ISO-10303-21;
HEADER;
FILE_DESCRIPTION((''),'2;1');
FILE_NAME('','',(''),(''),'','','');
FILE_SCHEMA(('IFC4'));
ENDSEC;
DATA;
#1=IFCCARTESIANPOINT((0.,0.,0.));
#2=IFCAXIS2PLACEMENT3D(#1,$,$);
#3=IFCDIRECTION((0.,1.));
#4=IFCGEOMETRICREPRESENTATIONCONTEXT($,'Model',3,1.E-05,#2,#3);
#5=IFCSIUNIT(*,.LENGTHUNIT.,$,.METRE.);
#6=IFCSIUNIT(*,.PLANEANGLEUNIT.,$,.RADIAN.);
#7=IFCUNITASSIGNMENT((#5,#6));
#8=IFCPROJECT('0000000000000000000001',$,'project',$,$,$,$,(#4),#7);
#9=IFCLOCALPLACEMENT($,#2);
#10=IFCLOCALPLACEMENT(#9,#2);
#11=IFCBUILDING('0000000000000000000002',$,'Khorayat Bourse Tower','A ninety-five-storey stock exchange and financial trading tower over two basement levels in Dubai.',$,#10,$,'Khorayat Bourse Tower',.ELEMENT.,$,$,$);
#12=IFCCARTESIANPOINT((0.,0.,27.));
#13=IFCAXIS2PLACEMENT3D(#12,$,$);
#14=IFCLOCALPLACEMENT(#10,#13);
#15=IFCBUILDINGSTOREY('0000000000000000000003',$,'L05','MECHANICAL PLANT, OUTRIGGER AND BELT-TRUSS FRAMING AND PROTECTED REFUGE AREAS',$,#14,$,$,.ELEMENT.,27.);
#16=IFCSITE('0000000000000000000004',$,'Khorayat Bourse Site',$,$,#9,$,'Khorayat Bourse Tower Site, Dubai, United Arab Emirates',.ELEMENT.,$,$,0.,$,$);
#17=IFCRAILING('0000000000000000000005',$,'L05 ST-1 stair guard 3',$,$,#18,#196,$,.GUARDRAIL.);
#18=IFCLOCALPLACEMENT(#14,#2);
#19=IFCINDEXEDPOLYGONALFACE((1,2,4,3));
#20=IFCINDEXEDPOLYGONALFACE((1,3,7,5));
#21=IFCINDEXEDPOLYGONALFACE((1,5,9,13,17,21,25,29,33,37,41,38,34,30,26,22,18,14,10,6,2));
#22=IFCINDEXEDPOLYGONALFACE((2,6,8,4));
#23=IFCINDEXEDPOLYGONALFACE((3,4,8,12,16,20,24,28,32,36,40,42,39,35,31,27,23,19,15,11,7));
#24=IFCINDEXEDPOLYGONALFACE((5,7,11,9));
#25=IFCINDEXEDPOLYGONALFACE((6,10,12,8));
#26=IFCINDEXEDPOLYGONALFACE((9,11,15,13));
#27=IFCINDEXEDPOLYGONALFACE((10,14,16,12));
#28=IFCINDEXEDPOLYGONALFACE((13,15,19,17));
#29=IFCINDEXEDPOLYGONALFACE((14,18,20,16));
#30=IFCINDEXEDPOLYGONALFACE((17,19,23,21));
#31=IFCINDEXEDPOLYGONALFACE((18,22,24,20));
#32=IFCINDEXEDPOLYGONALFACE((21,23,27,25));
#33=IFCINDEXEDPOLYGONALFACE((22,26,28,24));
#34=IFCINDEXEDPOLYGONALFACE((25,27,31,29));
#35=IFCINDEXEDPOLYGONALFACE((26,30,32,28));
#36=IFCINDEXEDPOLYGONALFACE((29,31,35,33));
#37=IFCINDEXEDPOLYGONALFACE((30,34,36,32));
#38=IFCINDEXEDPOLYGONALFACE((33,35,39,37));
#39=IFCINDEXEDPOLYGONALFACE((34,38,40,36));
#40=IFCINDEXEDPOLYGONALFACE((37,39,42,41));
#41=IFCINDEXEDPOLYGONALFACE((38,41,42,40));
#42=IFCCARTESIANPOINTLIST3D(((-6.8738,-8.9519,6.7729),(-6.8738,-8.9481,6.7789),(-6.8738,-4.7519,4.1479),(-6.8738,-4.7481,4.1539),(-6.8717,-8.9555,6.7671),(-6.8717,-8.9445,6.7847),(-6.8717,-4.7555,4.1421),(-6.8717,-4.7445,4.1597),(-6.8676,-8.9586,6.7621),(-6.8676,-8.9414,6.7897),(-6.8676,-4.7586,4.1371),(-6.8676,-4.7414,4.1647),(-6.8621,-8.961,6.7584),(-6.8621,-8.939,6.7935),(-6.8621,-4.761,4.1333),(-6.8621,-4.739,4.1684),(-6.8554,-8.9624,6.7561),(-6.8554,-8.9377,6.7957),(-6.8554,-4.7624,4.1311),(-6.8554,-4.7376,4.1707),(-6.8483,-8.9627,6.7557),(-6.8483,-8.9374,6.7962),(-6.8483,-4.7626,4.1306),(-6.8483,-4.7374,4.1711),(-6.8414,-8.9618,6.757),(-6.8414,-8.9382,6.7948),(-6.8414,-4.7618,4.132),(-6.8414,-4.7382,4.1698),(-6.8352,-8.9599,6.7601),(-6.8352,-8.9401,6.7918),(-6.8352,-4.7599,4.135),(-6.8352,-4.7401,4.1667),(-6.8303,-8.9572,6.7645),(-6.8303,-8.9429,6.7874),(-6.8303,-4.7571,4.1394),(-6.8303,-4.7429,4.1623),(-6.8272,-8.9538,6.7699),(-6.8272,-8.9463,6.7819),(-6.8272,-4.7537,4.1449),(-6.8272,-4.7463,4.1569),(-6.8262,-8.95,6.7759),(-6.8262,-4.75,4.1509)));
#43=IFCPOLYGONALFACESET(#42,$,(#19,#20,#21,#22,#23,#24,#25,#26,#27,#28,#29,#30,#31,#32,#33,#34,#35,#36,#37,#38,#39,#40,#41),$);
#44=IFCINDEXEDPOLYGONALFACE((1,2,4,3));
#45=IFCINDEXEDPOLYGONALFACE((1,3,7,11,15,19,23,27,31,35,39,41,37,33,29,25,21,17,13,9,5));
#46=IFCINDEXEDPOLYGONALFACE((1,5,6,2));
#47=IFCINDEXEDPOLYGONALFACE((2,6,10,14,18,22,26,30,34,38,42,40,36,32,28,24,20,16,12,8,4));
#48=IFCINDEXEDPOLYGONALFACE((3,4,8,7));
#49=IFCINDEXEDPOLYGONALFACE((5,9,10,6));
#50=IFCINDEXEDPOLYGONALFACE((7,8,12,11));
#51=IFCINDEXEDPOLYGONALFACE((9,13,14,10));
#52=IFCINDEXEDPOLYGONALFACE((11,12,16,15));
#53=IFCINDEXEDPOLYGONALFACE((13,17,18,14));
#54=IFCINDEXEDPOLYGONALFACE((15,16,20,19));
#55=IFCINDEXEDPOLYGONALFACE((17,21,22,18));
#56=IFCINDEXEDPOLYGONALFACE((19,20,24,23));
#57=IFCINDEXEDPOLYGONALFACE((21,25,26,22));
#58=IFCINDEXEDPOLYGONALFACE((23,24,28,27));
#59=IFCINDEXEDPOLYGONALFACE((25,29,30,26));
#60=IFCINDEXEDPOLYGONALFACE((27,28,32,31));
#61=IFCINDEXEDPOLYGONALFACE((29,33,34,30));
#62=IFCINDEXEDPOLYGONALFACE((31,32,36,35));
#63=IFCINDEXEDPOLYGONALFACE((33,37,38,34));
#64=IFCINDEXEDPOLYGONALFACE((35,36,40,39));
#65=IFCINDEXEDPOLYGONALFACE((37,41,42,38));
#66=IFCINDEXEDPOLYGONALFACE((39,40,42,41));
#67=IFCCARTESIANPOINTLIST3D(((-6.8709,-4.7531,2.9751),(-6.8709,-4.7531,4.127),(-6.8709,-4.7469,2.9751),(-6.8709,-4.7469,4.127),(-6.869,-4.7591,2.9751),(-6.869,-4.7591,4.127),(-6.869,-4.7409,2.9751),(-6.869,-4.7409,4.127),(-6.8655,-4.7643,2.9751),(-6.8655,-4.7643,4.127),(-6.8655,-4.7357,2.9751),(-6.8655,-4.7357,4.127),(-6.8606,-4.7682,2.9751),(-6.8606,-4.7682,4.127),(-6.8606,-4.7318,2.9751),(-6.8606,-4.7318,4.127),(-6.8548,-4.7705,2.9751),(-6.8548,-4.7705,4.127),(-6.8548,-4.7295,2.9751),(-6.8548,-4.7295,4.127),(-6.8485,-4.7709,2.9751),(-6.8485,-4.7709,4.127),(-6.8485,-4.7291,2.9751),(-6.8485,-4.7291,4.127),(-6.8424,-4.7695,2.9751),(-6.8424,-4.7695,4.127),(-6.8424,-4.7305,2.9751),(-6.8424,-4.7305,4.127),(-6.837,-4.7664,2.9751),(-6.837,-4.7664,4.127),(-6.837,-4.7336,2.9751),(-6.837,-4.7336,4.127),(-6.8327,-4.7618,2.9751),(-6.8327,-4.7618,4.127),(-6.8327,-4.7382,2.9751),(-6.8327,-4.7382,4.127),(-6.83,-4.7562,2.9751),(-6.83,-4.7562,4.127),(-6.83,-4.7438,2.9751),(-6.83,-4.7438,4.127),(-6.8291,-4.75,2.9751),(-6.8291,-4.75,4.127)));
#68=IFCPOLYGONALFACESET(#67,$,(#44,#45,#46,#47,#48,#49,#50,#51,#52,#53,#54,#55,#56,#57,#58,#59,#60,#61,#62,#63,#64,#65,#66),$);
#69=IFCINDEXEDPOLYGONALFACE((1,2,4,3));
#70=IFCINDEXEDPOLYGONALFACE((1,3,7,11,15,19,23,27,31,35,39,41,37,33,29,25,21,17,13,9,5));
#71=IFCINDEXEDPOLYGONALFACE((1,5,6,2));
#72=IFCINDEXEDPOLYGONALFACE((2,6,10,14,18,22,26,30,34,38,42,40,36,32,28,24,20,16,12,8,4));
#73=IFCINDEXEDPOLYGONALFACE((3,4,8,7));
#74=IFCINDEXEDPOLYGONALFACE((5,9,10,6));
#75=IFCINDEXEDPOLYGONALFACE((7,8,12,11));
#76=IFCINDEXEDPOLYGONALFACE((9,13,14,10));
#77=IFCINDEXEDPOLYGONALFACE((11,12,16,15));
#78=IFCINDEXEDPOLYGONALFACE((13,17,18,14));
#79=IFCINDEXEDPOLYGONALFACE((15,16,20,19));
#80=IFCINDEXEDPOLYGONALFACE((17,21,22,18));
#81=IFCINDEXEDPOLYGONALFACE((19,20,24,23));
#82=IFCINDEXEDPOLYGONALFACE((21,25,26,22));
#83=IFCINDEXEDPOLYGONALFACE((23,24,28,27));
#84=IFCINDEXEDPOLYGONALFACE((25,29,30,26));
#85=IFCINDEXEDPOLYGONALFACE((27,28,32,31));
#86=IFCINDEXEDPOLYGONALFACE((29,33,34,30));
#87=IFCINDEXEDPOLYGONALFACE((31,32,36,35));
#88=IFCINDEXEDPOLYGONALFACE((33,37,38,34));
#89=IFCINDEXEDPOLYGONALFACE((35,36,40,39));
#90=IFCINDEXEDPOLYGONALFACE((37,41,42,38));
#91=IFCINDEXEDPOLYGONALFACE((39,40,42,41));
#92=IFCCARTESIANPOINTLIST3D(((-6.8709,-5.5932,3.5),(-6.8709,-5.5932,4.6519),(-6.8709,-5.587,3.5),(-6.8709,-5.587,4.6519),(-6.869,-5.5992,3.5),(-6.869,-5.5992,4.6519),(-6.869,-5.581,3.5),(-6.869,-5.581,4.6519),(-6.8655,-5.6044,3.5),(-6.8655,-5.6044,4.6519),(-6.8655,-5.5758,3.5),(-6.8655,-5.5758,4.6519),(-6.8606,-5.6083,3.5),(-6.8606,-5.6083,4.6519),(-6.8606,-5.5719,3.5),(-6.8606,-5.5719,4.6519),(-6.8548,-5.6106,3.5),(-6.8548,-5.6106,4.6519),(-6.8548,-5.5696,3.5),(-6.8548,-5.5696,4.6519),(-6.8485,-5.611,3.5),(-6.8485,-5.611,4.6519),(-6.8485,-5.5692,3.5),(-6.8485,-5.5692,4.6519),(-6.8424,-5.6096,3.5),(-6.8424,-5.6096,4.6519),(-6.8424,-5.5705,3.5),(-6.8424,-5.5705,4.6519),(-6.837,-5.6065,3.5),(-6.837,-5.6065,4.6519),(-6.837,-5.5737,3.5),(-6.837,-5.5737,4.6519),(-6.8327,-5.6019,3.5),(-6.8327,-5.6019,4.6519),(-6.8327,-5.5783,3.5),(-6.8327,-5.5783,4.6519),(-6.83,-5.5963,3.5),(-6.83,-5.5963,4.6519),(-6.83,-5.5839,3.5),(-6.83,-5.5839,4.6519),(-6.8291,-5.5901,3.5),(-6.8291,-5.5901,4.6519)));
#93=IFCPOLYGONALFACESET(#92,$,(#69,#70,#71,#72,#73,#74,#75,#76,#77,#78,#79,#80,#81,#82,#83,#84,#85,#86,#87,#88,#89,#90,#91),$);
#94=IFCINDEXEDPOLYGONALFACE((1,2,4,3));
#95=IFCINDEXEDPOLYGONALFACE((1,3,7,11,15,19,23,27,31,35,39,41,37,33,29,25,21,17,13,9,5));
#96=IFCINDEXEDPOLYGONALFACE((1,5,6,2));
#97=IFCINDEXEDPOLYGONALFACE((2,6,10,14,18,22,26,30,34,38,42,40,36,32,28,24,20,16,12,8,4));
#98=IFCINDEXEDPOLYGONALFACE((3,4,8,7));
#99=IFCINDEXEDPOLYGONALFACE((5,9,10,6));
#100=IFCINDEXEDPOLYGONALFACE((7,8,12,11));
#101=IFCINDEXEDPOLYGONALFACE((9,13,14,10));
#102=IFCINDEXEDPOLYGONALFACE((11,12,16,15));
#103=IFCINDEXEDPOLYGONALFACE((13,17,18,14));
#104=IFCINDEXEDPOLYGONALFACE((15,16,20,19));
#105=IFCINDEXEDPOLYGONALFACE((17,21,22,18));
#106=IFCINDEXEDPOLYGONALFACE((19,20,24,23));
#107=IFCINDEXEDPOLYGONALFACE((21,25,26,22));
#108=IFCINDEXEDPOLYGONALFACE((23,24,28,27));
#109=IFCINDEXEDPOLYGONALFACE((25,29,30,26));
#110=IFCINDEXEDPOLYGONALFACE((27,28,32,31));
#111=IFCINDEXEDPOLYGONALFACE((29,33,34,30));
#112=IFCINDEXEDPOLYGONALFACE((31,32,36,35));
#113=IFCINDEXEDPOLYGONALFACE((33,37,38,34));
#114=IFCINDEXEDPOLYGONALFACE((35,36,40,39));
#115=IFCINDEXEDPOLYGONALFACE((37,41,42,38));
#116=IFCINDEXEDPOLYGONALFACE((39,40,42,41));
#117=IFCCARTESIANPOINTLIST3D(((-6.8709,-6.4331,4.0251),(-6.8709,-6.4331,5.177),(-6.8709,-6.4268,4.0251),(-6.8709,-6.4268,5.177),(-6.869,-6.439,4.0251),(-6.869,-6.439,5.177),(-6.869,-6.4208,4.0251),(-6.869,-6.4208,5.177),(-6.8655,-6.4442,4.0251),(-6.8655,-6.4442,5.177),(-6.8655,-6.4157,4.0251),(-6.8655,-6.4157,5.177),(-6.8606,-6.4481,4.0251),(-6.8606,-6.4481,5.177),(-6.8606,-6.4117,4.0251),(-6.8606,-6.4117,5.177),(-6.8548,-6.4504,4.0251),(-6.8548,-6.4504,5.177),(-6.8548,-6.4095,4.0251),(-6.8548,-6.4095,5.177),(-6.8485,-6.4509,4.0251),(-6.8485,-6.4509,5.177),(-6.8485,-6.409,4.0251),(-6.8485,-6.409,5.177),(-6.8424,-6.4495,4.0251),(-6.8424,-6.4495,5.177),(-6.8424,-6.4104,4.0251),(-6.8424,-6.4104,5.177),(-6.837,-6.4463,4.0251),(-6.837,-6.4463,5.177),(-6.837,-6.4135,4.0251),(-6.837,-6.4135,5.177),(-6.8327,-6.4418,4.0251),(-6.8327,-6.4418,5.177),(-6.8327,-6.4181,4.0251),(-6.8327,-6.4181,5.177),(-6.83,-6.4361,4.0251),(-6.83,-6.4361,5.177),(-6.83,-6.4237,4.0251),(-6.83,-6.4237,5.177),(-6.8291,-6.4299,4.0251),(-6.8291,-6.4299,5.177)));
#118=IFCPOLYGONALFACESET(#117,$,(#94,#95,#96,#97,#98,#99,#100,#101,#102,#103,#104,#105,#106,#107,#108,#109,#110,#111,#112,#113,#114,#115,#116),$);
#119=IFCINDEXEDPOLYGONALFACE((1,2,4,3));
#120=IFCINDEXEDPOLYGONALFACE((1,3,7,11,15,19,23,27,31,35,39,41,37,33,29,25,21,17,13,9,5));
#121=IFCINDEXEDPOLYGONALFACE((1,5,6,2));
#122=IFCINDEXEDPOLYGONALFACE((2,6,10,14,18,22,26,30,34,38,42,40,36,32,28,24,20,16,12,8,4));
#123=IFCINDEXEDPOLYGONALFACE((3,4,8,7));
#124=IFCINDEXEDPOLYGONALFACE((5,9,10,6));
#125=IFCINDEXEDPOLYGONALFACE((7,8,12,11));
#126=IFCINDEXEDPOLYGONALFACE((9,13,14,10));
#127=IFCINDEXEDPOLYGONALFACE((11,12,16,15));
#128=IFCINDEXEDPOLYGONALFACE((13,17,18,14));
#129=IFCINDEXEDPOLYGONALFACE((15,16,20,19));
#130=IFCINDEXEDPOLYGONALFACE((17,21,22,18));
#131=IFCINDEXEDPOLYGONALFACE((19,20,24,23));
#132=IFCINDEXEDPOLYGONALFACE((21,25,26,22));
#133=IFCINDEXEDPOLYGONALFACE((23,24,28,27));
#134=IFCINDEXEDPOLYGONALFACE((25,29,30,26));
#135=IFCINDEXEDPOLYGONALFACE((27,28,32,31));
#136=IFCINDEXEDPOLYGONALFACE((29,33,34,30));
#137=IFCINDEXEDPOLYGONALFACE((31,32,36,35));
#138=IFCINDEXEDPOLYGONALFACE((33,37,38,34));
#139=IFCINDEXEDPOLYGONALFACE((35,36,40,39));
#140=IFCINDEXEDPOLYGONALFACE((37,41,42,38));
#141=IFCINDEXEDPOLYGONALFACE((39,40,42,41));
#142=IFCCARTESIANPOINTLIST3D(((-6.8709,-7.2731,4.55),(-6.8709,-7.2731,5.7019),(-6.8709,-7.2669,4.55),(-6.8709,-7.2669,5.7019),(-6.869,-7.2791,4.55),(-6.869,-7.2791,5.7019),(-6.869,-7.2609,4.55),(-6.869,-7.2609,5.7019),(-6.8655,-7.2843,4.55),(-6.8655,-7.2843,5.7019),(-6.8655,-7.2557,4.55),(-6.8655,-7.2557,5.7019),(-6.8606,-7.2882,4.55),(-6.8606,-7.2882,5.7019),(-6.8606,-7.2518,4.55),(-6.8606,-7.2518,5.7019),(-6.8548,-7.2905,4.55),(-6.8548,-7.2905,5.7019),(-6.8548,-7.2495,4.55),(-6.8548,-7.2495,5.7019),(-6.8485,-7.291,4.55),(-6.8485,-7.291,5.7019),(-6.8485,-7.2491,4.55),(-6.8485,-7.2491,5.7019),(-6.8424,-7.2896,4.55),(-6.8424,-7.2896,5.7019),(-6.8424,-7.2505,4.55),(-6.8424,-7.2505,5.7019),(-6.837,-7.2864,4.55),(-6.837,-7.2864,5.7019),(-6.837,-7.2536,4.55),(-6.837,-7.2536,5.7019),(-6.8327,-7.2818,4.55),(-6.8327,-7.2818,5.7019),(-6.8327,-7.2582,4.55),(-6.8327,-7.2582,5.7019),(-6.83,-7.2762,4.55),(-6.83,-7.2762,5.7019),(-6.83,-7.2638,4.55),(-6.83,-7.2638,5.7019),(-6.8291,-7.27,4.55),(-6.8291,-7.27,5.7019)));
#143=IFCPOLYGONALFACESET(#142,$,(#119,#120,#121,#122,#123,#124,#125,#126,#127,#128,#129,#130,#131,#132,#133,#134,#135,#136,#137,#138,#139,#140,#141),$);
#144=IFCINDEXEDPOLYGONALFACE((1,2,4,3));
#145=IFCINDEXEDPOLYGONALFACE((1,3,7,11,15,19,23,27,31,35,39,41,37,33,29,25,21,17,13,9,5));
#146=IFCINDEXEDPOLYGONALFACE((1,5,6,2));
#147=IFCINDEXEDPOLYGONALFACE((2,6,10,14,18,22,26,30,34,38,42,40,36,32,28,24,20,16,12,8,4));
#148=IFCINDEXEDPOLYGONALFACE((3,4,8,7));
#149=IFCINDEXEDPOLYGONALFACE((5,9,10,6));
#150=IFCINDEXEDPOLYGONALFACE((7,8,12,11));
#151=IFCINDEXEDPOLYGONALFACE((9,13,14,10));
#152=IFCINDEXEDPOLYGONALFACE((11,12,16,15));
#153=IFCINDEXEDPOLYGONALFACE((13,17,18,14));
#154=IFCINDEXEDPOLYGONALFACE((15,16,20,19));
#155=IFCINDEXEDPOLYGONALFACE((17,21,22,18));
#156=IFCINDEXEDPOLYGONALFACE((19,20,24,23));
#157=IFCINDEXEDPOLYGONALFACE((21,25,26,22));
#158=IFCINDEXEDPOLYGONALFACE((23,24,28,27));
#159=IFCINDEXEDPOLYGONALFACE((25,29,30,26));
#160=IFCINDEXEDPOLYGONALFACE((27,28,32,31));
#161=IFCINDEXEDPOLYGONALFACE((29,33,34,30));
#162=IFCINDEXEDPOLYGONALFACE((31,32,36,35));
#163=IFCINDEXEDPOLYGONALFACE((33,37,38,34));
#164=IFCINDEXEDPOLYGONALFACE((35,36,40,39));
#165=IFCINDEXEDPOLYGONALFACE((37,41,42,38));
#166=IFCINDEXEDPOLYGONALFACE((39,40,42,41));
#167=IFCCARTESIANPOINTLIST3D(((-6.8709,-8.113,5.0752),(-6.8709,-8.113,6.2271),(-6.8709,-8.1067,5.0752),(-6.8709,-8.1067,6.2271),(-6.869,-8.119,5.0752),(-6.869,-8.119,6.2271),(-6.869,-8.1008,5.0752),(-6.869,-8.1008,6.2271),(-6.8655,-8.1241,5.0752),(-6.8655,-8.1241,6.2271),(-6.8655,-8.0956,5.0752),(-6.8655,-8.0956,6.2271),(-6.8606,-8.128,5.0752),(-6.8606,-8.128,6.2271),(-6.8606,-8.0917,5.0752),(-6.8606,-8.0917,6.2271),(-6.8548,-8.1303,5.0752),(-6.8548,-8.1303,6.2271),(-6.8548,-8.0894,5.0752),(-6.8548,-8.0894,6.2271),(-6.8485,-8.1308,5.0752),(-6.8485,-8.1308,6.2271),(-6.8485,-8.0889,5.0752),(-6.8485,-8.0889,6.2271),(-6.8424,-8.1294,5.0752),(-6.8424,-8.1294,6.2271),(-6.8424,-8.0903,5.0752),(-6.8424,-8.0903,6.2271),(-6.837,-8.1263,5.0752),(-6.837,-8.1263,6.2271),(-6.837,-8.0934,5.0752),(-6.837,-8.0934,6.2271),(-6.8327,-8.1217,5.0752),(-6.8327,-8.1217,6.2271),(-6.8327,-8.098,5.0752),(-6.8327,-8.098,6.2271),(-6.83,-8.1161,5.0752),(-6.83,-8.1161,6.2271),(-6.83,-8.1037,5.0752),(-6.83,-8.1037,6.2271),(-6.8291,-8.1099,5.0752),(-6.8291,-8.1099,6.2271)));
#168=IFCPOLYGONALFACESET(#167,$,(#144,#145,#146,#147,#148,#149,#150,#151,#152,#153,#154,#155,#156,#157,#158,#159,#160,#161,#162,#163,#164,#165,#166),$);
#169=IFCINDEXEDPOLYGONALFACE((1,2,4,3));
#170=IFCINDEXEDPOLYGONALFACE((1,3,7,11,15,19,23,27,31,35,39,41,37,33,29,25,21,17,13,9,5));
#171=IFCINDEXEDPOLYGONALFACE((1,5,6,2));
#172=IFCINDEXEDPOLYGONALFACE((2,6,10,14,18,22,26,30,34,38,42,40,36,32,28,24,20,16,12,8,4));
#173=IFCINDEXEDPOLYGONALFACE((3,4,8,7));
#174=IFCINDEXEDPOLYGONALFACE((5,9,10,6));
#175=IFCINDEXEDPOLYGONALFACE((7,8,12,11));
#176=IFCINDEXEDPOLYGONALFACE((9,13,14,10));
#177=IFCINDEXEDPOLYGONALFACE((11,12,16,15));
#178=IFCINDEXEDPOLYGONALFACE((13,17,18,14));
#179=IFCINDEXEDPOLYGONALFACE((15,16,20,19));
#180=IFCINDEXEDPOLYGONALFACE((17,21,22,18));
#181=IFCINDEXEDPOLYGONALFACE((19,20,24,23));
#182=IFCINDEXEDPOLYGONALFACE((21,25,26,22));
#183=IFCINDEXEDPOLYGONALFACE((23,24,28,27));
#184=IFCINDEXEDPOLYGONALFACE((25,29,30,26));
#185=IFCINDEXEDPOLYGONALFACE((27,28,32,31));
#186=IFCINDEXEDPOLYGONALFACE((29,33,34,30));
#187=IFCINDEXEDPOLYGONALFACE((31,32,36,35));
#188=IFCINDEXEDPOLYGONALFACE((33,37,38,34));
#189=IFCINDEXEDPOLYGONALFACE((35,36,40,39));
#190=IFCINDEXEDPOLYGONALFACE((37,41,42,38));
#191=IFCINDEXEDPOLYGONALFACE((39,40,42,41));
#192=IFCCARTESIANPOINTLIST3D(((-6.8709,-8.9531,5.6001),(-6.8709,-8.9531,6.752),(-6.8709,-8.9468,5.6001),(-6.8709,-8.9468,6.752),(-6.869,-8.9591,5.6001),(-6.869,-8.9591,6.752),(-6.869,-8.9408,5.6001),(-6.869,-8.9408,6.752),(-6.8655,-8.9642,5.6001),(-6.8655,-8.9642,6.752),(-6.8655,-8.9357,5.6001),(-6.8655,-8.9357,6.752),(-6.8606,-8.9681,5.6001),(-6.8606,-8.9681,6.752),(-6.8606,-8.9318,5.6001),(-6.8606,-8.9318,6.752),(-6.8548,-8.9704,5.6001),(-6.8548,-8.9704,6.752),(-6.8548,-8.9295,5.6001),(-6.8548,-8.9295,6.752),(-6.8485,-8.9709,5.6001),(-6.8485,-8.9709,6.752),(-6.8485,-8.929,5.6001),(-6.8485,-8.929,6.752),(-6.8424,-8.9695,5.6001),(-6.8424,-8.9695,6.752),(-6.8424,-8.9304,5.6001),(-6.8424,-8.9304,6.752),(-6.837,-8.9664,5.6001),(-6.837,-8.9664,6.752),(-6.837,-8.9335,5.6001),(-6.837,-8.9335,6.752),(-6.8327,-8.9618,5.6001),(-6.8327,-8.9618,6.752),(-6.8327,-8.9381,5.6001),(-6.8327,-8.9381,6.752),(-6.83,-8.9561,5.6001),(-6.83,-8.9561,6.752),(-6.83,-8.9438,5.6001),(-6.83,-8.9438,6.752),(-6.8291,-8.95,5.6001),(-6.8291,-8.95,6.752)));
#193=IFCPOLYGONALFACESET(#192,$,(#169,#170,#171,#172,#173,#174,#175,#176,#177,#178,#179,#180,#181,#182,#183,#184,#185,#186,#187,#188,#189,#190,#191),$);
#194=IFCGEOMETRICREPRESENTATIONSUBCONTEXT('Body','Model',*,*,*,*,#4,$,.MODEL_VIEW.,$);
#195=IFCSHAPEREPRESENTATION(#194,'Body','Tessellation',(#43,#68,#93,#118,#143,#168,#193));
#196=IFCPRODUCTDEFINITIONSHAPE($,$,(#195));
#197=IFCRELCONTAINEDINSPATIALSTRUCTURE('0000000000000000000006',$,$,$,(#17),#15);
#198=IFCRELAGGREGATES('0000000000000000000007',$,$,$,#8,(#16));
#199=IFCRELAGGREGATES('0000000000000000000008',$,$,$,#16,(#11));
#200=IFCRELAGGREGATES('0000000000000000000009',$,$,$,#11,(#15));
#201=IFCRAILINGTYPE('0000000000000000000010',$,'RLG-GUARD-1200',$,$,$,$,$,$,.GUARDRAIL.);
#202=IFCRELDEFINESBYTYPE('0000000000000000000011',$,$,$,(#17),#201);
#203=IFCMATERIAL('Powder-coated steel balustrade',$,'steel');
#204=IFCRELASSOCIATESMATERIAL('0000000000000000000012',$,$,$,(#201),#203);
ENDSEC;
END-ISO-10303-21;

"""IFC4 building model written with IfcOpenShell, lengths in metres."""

from ifc_helpers import new_model, si_unit, direction, frame, origin, origin_2d, place, context, subcontext, project, spatial, circle, extrude, source, transform, mapped, material, type_object, element, save


model = new_model("IFC4")

# Units and contexts
model_context = context("Model", 3, precision=1e-05, world=origin(), true_north=direction((0.0, 1.0)))
body_context = subcontext(model_context, "Body", "Model", "MODEL_VIEW")
ifc_project = project(units=[si_unit("LENGTHUNIT", "METRE"), si_unit("PLANEANGLEUNIT", "RADIAN")], contexts=[model_context])

# Site, building, storey
site_placement = place(None, origin())
site = spatial("IfcSite", under=ifc_project, at=site_placement, Name="Khorayat Bourse Site", LongName="Khorayat Bourse Tower Site, Dubai, United Arab Emirates", CompositionType="ELEMENT", RefElevation=0.0)
building_placement = place(site_placement, origin())
building = spatial("IfcBuilding", under=site, at=building_placement, Name="Khorayat Bourse Tower", Description="A ninety-five-storey stock exchange and financial trading tower over two basement levels in Dubai.", LongName="Khorayat Bourse Tower", CompositionType="ELEMENT")
storey_placement = place(building_placement, frame((0.0, 0.0, 27.0)))
storey = spatial("IfcBuildingStorey", under=building, at=storey_placement, Name="L05", Description="MECHANICAL PLANT, OUTRIGGER AND BELT-TRUSS FRAMING AND PROTECTED REFUGE AREAS", CompositionType="ELEMENT", Elevation=27.0)

# Railing
ifc_material_1 = material(Name="Powder-coated steel balustrade", Category="steel")
railing_type_1 = type_object("IfcRailingType", Name="RLG-GUARD-1200", PredefinedType="GUARDRAIL", material=ifc_material_1)
shared_shape_1 = source(origin(), body_context, "Body", "SweptSolid", [
    extrude(circle(Radius=0.0239, at=origin_2d()), frame((0.0, 0.0, 1.1758), z_axis=(0.0, -0.847996, 0.530003), x_axis=(1.0, 0.0, 0.0)), (0.0, 0.0, 1.0), 4.9529),
    extrude(circle(Radius=0.021, at=origin_2d()), origin(), (0.0, 0.0, 1.0), 1.1519),
    extrude(circle(Radius=0.021, at=origin_2d()), frame((0.0, -0.8401, 0.5249)), (0.0, 0.0, 1.0), 1.1519),
    extrude(circle(Radius=0.021, at=origin_2d()), frame((0.0, -1.6799, 1.05)), (0.0, 0.0, 1.0), 1.1519),
    extrude(circle(Radius=0.021, at=origin_2d()), frame((0.0, -2.52, 1.575)), (0.0, 0.0, 1.0), 1.1519),
    extrude(circle(Radius=0.021, at=origin_2d()), frame((0.0, -3.3599, 2.1001)), (0.0, 0.0, 1.0), 1.1519),
    extrude(circle(Radius=0.021, at=origin_2d()), frame((0.0, -4.2, 2.625)), (0.0, 0.0, 1.0), 1.1519),
])
for number, where, name in (
    (1, (-6.8501, -4.75, 2.9751), "L05 ST-1 stair guard 3"),
):
    element("IfcRailing", number, at=place(storey_placement, frame(where)), inside=storey, type_object=railing_type_1, Name=name, PredefinedType="GUARDRAIL", context=body_context, shape_type="MappedRepresentation", body=[
        mapped(shared_shape_1, transform((0.0, 0.0, 0.0), scale=1.0)),
    ])

save(model, "model.ifc")
